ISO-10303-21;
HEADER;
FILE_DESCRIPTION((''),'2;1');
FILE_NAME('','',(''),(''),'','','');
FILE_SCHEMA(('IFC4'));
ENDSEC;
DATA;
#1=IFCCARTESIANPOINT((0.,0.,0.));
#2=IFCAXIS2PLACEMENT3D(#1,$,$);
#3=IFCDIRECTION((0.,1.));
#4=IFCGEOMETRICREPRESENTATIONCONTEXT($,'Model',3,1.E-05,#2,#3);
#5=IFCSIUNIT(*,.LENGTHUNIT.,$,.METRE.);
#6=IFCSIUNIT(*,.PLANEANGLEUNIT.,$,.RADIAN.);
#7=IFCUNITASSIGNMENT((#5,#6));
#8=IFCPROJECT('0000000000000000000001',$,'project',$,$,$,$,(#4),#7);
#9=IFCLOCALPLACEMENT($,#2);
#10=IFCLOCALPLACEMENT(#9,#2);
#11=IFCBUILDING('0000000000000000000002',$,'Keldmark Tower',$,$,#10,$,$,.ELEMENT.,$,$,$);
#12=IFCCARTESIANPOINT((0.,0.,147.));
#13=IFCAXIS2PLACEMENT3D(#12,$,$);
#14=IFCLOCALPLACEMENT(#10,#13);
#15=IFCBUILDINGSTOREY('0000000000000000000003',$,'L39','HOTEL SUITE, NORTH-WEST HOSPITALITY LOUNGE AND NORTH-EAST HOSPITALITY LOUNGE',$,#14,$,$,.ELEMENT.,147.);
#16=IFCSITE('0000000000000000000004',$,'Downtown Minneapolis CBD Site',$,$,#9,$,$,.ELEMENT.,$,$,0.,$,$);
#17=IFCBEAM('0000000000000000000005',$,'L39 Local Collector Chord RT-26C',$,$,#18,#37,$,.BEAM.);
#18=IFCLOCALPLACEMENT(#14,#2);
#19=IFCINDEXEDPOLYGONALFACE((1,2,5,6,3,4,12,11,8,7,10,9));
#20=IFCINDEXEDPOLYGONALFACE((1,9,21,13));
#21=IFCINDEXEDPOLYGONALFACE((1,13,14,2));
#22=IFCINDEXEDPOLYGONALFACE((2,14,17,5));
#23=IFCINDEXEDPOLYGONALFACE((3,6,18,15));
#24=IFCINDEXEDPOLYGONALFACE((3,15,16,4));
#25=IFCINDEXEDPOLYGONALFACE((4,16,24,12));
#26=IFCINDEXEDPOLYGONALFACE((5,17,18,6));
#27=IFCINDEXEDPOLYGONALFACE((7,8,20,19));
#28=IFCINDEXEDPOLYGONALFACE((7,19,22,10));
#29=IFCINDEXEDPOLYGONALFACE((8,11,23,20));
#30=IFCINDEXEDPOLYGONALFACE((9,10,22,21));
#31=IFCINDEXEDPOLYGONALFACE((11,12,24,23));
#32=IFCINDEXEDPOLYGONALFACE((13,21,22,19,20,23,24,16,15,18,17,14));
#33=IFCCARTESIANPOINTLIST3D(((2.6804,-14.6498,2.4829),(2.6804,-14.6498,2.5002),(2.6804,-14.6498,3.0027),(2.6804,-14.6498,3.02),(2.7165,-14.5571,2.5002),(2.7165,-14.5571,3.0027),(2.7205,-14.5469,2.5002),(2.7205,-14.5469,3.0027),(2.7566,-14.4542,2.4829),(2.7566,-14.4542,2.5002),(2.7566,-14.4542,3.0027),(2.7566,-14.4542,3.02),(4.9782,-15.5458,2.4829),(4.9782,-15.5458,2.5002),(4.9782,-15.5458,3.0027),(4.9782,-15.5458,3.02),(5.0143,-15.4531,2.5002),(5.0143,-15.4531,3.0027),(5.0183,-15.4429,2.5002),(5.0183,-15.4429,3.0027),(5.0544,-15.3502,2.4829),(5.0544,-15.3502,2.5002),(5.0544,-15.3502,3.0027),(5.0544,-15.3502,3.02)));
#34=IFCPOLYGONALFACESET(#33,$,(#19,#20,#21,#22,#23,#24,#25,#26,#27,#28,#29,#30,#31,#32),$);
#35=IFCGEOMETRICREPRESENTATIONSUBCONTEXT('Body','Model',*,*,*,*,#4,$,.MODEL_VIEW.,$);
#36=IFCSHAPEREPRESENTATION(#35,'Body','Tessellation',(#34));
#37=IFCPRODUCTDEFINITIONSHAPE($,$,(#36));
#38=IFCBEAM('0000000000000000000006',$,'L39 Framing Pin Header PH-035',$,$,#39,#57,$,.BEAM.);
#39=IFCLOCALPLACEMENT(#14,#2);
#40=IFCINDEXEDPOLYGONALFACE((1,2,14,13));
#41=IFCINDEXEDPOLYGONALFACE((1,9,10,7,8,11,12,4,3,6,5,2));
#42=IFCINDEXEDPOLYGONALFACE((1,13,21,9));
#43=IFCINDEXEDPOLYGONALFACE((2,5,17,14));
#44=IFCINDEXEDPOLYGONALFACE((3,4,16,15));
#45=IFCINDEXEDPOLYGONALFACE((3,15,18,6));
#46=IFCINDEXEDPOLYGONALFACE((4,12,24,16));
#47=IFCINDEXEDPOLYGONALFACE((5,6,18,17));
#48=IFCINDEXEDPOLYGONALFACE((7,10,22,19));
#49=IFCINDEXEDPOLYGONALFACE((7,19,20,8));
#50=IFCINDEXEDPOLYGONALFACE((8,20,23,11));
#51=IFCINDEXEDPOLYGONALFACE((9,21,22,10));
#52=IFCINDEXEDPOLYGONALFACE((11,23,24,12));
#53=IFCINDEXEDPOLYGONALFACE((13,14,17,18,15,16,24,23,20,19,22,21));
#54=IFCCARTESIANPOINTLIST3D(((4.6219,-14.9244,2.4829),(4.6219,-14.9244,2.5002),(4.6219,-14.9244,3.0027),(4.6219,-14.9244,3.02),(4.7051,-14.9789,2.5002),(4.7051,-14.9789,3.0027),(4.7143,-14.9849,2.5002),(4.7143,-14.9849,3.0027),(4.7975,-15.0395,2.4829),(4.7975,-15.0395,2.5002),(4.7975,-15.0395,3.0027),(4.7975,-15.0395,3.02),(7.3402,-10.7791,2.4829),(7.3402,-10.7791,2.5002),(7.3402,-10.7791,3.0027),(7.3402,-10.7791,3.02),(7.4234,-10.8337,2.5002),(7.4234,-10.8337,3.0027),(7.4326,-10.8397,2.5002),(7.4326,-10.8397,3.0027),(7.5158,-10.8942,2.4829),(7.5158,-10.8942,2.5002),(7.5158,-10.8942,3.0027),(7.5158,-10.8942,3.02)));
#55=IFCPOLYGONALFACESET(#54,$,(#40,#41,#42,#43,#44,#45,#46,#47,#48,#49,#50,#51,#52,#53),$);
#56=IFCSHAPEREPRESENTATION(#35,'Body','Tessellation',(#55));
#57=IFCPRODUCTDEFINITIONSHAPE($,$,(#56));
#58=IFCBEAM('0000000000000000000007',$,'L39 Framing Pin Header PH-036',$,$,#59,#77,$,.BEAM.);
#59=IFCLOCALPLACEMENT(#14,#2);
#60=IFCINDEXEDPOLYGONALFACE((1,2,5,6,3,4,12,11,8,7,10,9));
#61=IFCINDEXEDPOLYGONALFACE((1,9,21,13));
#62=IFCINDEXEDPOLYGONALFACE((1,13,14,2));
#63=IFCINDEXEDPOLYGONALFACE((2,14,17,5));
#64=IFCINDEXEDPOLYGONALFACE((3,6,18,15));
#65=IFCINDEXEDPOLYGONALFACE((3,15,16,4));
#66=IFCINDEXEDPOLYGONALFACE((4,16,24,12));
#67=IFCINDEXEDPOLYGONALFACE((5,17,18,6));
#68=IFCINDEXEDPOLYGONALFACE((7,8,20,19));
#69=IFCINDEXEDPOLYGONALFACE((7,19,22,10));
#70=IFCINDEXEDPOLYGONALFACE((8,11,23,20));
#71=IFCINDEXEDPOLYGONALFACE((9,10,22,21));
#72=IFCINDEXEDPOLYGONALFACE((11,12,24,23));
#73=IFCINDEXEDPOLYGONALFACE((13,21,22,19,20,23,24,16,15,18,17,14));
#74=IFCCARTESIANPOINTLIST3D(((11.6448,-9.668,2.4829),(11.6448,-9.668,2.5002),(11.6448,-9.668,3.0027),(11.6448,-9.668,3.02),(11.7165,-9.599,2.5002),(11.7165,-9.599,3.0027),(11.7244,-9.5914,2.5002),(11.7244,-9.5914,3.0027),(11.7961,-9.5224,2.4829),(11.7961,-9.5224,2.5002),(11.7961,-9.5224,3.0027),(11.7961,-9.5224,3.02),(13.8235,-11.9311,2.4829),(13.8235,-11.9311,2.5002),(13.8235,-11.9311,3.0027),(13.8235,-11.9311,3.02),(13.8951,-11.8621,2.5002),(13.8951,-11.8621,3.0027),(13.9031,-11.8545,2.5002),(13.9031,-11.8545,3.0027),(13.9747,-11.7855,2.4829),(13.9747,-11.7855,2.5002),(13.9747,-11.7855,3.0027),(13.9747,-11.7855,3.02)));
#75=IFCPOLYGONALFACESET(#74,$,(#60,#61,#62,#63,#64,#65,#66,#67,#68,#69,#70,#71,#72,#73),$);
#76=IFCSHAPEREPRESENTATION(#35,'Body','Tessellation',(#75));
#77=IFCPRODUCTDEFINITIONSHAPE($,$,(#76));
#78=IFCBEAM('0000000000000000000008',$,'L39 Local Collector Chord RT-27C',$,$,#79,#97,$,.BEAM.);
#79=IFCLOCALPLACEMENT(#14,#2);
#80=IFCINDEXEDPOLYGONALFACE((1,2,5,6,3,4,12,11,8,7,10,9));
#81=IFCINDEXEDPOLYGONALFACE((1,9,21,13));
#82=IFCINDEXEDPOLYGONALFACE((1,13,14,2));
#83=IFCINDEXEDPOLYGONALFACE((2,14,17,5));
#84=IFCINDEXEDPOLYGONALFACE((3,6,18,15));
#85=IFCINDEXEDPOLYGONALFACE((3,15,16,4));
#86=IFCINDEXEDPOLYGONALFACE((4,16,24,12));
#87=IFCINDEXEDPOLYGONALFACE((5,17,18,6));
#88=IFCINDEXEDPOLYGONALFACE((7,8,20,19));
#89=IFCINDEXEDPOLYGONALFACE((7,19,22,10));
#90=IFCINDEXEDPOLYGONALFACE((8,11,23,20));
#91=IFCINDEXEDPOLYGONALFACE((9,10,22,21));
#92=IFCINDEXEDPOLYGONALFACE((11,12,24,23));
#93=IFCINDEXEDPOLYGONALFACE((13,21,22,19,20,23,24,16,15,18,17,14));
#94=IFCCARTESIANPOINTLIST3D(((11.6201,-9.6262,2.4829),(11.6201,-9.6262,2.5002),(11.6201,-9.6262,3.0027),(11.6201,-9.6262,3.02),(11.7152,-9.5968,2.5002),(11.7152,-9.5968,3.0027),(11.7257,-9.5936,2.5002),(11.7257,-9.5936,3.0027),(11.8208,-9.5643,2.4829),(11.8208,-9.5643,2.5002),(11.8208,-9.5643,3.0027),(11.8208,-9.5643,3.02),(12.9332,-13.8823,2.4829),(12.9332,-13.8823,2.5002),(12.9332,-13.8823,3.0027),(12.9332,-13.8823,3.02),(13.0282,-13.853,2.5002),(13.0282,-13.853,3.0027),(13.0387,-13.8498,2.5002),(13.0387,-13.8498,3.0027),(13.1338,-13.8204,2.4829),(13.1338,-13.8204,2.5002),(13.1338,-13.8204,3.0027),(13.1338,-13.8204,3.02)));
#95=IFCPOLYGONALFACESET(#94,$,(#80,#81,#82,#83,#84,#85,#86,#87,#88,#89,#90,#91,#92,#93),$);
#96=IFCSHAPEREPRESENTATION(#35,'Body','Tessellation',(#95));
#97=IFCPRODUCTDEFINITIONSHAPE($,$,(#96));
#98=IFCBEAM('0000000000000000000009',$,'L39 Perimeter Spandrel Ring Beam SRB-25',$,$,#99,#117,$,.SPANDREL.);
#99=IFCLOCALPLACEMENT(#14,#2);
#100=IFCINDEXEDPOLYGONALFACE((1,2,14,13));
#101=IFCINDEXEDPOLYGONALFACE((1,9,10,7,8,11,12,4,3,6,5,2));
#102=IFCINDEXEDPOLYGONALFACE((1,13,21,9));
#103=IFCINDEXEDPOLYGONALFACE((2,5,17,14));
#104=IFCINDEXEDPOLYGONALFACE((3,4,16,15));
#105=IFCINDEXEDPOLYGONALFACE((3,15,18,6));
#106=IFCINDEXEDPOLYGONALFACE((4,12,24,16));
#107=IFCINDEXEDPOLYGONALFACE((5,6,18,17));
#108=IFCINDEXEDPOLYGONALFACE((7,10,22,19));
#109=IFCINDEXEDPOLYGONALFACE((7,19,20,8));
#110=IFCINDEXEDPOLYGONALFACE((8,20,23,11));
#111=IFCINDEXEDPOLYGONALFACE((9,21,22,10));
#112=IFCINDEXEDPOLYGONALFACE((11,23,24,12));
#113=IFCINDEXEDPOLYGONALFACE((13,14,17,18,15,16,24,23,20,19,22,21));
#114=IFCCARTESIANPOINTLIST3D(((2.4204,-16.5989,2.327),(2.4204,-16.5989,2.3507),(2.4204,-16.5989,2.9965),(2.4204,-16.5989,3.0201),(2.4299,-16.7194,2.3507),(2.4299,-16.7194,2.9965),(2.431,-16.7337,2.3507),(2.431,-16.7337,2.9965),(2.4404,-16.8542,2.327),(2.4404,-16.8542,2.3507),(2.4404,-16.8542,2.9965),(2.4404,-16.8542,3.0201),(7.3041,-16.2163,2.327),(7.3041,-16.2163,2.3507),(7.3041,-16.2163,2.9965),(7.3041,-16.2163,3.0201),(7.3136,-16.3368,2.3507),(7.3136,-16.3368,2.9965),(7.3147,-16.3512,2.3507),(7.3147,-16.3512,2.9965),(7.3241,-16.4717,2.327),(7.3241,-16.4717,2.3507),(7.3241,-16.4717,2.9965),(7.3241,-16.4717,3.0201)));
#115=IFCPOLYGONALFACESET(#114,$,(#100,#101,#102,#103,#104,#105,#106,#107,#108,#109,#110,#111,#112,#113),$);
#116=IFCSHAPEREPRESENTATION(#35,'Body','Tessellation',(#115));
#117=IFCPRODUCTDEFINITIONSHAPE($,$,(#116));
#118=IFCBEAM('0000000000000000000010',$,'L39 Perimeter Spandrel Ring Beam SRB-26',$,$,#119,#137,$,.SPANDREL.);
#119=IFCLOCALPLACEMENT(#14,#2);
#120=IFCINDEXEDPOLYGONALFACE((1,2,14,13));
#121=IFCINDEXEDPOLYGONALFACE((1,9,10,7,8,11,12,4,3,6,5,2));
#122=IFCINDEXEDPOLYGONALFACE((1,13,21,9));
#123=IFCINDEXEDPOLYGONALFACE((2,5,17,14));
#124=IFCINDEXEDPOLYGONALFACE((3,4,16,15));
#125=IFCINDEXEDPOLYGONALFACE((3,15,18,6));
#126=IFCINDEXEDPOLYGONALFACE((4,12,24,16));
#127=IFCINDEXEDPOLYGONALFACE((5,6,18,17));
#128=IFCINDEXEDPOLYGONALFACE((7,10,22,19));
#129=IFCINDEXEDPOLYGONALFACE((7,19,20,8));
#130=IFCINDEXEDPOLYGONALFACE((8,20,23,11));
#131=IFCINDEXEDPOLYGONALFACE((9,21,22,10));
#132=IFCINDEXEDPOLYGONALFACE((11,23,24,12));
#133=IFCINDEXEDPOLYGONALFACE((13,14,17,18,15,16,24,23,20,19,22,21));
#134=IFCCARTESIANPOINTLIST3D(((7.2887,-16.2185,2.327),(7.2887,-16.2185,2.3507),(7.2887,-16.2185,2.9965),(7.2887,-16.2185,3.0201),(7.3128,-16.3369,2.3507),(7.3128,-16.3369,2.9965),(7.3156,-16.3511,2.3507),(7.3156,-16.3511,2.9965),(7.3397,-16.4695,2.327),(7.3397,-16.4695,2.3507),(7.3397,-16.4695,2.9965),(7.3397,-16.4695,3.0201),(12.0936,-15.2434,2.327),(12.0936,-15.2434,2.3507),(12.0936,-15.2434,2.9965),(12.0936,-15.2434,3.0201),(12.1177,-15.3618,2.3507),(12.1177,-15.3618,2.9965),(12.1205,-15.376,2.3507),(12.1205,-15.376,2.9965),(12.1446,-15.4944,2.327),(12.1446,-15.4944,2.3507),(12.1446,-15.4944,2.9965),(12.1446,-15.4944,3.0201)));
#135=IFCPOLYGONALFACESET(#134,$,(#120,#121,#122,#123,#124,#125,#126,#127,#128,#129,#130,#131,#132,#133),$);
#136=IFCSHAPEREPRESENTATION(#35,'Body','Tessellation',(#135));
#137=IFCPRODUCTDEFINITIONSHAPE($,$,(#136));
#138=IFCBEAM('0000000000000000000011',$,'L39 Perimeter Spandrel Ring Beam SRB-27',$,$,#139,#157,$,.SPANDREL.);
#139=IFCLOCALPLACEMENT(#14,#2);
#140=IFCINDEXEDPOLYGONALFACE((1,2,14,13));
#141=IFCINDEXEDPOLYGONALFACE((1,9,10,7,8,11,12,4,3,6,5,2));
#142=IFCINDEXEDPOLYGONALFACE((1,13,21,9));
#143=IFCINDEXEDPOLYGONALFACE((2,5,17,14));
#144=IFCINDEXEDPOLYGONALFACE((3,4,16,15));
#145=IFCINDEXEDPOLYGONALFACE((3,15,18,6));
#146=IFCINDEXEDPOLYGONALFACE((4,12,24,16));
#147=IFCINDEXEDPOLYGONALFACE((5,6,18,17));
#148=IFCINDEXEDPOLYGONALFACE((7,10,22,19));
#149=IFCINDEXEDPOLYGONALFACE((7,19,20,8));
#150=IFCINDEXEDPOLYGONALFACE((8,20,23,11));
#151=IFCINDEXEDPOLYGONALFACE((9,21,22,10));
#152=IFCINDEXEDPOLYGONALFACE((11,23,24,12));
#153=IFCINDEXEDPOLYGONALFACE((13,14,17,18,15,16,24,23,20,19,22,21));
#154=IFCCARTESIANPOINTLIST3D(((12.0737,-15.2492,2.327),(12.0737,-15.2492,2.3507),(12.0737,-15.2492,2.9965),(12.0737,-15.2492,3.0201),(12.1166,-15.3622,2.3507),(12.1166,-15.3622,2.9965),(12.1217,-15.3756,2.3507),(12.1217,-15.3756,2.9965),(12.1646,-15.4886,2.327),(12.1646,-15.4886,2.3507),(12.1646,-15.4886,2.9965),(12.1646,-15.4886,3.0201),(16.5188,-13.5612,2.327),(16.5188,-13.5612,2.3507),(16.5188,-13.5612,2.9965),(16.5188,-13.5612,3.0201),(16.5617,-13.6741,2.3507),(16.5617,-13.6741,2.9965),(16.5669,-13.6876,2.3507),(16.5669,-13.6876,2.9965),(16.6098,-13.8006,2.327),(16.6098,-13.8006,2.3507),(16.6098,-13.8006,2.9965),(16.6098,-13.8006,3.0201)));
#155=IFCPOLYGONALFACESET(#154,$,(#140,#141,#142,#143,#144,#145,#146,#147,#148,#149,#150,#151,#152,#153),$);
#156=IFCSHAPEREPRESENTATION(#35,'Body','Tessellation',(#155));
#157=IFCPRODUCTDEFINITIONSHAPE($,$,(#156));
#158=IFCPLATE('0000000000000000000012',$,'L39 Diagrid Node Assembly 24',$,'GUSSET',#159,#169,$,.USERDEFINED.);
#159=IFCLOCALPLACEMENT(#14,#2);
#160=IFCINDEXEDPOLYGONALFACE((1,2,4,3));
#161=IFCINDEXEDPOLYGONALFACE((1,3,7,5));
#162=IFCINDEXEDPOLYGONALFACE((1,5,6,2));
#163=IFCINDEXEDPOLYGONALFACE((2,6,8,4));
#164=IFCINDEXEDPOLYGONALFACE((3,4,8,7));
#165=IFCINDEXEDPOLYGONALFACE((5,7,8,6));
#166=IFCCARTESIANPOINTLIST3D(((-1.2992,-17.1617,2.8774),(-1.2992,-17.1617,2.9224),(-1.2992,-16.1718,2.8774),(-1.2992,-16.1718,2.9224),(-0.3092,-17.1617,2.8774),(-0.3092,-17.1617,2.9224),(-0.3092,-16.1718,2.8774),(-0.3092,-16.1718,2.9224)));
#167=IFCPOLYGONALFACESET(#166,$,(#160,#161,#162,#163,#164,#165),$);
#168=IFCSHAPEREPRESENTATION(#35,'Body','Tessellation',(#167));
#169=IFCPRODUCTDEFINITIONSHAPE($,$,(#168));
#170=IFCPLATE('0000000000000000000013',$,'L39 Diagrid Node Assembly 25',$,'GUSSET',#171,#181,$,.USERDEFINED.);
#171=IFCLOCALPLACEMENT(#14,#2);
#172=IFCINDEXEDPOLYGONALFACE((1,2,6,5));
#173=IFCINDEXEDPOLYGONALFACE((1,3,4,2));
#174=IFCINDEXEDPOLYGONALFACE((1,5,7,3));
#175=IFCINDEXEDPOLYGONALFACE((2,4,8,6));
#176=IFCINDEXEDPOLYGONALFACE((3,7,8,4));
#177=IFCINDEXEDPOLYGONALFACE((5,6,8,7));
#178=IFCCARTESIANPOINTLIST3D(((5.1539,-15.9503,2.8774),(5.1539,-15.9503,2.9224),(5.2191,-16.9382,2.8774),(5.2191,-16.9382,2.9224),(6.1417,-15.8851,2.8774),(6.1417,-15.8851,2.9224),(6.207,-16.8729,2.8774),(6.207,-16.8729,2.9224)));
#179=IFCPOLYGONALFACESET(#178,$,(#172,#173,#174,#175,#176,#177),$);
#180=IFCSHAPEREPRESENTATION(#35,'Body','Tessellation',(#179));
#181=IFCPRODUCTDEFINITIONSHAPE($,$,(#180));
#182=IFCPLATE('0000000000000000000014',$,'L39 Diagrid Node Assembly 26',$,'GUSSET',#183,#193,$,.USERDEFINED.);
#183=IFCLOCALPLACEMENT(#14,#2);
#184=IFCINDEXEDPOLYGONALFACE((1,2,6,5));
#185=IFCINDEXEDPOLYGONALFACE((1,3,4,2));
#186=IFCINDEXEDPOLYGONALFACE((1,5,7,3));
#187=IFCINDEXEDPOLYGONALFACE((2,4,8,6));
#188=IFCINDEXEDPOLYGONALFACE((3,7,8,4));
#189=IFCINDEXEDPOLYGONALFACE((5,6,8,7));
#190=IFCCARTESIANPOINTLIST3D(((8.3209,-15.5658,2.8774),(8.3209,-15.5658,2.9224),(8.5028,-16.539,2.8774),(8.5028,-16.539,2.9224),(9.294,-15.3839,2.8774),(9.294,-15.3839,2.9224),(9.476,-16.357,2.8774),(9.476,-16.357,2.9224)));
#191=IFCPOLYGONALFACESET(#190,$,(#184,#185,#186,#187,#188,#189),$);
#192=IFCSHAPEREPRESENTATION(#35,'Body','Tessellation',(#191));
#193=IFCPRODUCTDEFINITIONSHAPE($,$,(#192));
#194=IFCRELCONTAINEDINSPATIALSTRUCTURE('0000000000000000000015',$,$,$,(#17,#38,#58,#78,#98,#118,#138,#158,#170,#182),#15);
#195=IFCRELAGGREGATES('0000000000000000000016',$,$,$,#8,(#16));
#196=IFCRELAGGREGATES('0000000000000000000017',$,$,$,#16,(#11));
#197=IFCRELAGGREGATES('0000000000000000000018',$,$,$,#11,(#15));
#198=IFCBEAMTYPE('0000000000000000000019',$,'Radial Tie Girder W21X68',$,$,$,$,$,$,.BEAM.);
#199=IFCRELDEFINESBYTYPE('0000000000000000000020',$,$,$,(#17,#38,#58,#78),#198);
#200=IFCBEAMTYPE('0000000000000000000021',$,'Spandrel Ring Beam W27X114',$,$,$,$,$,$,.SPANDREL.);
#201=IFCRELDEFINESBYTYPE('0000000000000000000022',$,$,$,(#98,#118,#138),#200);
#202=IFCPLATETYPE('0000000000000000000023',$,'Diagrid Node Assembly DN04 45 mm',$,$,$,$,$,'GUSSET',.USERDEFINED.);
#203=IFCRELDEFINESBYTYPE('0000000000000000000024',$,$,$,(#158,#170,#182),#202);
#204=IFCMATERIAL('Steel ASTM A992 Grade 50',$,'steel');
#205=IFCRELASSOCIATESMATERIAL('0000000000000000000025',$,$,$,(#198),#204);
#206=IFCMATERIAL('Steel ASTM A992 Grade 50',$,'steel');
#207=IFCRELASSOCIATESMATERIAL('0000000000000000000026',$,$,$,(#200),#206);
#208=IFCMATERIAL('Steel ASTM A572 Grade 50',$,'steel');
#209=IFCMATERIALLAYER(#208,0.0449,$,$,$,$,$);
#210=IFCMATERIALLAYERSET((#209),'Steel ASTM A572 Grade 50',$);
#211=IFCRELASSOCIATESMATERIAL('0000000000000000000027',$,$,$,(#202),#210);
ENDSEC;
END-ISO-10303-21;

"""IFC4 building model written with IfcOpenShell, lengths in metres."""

from ifc_helpers import new_model, si_unit, direction, frame, origin, origin_2d, place, context, subcontext, project, spatial, rectangle, i_section, extrude, material, layer, layer_set, material_profile, profile_set, type_object, element, save


model = new_model("IFC4")

# Units and contexts
model_context = context("Model", 3, precision=1e-05, world=origin(), true_north=direction((0.0, 1.0)))
body_context = subcontext(model_context, "Body", "Model", "MODEL_VIEW")
ifc_project = project(units=[si_unit("LENGTHUNIT", "METRE"), si_unit("PLANEANGLEUNIT", "RADIAN")], contexts=[model_context])

# Site, building, storey
site_placement = place(None, origin())
site = spatial("IfcSite", under=ifc_project, at=site_placement, Name="Downtown Minneapolis CBD Site", CompositionType="ELEMENT", RefElevation=0.0)
building_placement = place(site_placement, origin())
building = spatial("IfcBuilding", under=site, at=building_placement, Name="Keldmark Tower", CompositionType="ELEMENT")
storey_placement = place(building_placement, frame((0.0, 0.0, 147.0)))
storey = spatial("IfcBuildingStorey", under=building, at=storey_placement, Name="L39", Description="HOTEL SUITE, NORTH-WEST HOSPITALITY LOUNGE AND NORTH-EAST HOSPITALITY LOUNGE", CompositionType="ELEMENT", Elevation=147.0)

# Beams
ifc_material_1 = material(Name="Steel ASTM A992 Grade 50", Category="steel")
ifc_material_profile_1 = material_profile(ifc_material_1, i_section(OverallWidth=0.21, OverallDepth=0.5371, WebThickness=0.011, FlangeThickness=0.0173, at=origin_2d()), Name="W21X68")
ifc_profile_set_1 = profile_set([ifc_material_profile_1], Name="Steel ASTM A992 Grade 50")
beam_type_1 = type_object("IfcBeamType", Name="Radial Tie Girder W21X68", PredefinedType="BEAM", material=ifc_profile_set_1)
beam_1_placement = place(storey_placement, frame((2.7185, -14.552, 2.7515), z_axis=(0.931677, -0.363287, 0.0), x_axis=(0.363287, 0.931677, 0.0)))
element("IfcBeam", 1, at=beam_1_placement, inside=storey, type_object=beam_type_1, Name="L39 Local Collector Chord RT-26C", PredefinedType="BEAM", context=body_context, shape_type="SweptSolid", body=[
    extrude(i_section(OverallWidth=0.21, OverallDepth=0.5371, WebThickness=0.011, FlangeThickness=0.0173, at=origin_2d()), origin(), (0.0, 0.0, 1.0), 2.4663),
])
beam_2_placement = place(storey_placement, frame((7.428, -10.8367, 2.7515), z_axis=(-0.548365, -0.836239, 0.0), x_axis=(0.836239, -0.548365, 0.0)))
element("IfcBeam", 2, at=beam_2_placement, inside=storey, type_object=beam_type_1, Name="L39 Framing Pin Header PH-035", PredefinedType="BEAM", context=body_context, shape_type="SweptSolid", body=[
    extrude(i_section(OverallWidth=0.21, OverallDepth=0.5371, WebThickness=0.011, FlangeThickness=0.0173, at=origin_2d()), origin(), (0.0, 0.0, 1.0), 4.957),
])
beam_3_placement = place(storey_placement, frame((11.7205, -9.5952, 2.7515), z_axis=(0.693534, -0.720424, 0.0), x_axis=(0.720424, 0.693534, 0.0)))
element("IfcBeam", 3, at=beam_3_placement, inside=storey, type_object=beam_type_1, Name="L39 Framing Pin Header PH-036", PredefinedType="BEAM", context=body_context, shape_type="SweptSolid", body=[
    extrude(i_section(OverallWidth=0.21, OverallDepth=0.5371, WebThickness=0.011, FlangeThickness=0.0173, at=origin_2d()), origin(), (0.0, 0.0, 1.0), 3.1414),
])
beam_4_placement = place(storey_placement, frame((11.7205, -9.5952, 2.7515), z_axis=(0.294787, -0.955563, 0.0), x_axis=(0.955563, 0.294787, 0.0)))
element("IfcBeam", 4, at=beam_4_placement, inside=storey, type_object=beam_type_1, Name="L39 Local Collector Chord RT-27C", PredefinedType="BEAM", context=body_context, shape_type="SweptSolid", body=[
    extrude(i_section(OverallWidth=0.21, OverallDepth=0.5371, WebThickness=0.011, FlangeThickness=0.0173, at=origin_2d()), origin(), (0.0, 0.0, 1.0), 4.4541),
])
ifc_material_2 = material(Name="Steel ASTM A992 Grade 50", Category="steel")
ifc_material_profile_2 = material_profile(ifc_material_2, i_section(OverallWidth=0.2561, OverallDepth=0.6931, WebThickness=0.0144, FlangeThickness=0.0237, at=origin_2d()), Name="W27X114")
ifc_profile_set_2 = profile_set([ifc_material_profile_2], Name="Steel ASTM A992 Grade 50")
beam_type_2 = type_object("IfcBeamType", Name="Spandrel Ring Beam W27X114", PredefinedType="SPANDREL", material=ifc_profile_set_2)
beam_5_placement = place(storey_placement, frame((2.4304, -16.7266, 2.6736), z_axis=(0.996946, 0.078095, 0.0), x_axis=(-0.078095, 0.996946, 0.0)))
element("IfcBeam", 5, at=beam_5_placement, inside=storey, type_object=beam_type_2, Name="L39 Perimeter Spandrel Ring Beam SRB-25", PredefinedType="SPANDREL", context=body_context, shape_type="SweptSolid", body=[
    extrude(i_section(OverallWidth=0.2561, OverallDepth=0.6931, WebThickness=0.0144, FlangeThickness=0.0237, at=origin_2d()), origin(), (0.0, 0.0, 1.0), 4.8987),
])
beam_6_placement = place(storey_placement, frame((7.3142, -16.344, 2.6736), z_axis=(0.980023, 0.198883, 0.0), x_axis=(-0.198883, 0.980023, 0.0)))
element("IfcBeam", 6, at=beam_6_placement, inside=storey, type_object=beam_type_2, Name="L39 Perimeter Spandrel Ring Beam SRB-26", PredefinedType="SPANDREL", context=body_context, shape_type="SweptSolid", body=[
    extrude(i_section(OverallWidth=0.2561, OverallDepth=0.6931, WebThickness=0.0144, FlangeThickness=0.0237, at=origin_2d()), origin(), (0.0, 0.0, 1.0), 4.9028),
])
beam_7_placement = place(storey_placement, frame((12.1191, -15.3689, 2.6736), z_axis=(0.934863, 0.355009, 0.0), x_axis=(-0.355009, 0.934863, 0.0)))
element("IfcBeam", 7, at=beam_7_placement, inside=storey, type_object=beam_type_2, Name="L39 Perimeter Spandrel Ring Beam SRB-27", PredefinedType="SPANDREL", context=body_context, shape_type="SweptSolid", body=[
    extrude(i_section(OverallWidth=0.2561, OverallDepth=0.6931, WebThickness=0.0144, FlangeThickness=0.0237, at=origin_2d()), origin(), (0.0, 0.0, 1.0), 4.7549),
])

# Plates
ifc_material_3 = material(Name="Steel ASTM A572 Grade 50", Category="steel")
ifc_layer_1 = layer(ifc_material_3, 0.0449)
ifc_layer_set_1 = layer_set([ifc_layer_1], Name="Steel ASTM A572 Grade 50")
plate_type = type_object("IfcPlateType", Name="Diagrid Node Assembly DN04 45 mm", ElementType="GUSSET", PredefinedType="USERDEFINED", material=ifc_layer_set_1)
for number, where, z_axis, x_axis, name in (
    (8, (-0.8042, -16.6667, 2.8774), (0.0, 0.0, 1.0), (1.0, 0.0, 0.0), "L39 Diagrid Node Assembly 24"),
    (9, (5.6804, -16.4116, 2.8774), (0.0, 0.0, 1.0), (0.997825, 0.065926, 0.0), "L39 Diagrid Node Assembly 25"),
    (10, (8.8984, -15.9614, 2.8774), (0.0, 0.0, 1.0), (0.982967, 0.18378, 0.0), "L39 Diagrid Node Assembly 26"),
):
    element("IfcPlate", number, at=place(storey_placement, frame(where, z_axis=z_axis, x_axis=x_axis)), inside=storey, type_object=plate_type, Name=name, ObjectType="GUSSET", PredefinedType="USERDEFINED", context=body_context, shape_type="SweptSolid", body=[
        extrude(rectangle(XDim=0.99, YDim=0.99, at=origin_2d()), origin(), (0.0, 0.0, 1.0), 0.0449),
    ])

save(model, "model.ifc")
